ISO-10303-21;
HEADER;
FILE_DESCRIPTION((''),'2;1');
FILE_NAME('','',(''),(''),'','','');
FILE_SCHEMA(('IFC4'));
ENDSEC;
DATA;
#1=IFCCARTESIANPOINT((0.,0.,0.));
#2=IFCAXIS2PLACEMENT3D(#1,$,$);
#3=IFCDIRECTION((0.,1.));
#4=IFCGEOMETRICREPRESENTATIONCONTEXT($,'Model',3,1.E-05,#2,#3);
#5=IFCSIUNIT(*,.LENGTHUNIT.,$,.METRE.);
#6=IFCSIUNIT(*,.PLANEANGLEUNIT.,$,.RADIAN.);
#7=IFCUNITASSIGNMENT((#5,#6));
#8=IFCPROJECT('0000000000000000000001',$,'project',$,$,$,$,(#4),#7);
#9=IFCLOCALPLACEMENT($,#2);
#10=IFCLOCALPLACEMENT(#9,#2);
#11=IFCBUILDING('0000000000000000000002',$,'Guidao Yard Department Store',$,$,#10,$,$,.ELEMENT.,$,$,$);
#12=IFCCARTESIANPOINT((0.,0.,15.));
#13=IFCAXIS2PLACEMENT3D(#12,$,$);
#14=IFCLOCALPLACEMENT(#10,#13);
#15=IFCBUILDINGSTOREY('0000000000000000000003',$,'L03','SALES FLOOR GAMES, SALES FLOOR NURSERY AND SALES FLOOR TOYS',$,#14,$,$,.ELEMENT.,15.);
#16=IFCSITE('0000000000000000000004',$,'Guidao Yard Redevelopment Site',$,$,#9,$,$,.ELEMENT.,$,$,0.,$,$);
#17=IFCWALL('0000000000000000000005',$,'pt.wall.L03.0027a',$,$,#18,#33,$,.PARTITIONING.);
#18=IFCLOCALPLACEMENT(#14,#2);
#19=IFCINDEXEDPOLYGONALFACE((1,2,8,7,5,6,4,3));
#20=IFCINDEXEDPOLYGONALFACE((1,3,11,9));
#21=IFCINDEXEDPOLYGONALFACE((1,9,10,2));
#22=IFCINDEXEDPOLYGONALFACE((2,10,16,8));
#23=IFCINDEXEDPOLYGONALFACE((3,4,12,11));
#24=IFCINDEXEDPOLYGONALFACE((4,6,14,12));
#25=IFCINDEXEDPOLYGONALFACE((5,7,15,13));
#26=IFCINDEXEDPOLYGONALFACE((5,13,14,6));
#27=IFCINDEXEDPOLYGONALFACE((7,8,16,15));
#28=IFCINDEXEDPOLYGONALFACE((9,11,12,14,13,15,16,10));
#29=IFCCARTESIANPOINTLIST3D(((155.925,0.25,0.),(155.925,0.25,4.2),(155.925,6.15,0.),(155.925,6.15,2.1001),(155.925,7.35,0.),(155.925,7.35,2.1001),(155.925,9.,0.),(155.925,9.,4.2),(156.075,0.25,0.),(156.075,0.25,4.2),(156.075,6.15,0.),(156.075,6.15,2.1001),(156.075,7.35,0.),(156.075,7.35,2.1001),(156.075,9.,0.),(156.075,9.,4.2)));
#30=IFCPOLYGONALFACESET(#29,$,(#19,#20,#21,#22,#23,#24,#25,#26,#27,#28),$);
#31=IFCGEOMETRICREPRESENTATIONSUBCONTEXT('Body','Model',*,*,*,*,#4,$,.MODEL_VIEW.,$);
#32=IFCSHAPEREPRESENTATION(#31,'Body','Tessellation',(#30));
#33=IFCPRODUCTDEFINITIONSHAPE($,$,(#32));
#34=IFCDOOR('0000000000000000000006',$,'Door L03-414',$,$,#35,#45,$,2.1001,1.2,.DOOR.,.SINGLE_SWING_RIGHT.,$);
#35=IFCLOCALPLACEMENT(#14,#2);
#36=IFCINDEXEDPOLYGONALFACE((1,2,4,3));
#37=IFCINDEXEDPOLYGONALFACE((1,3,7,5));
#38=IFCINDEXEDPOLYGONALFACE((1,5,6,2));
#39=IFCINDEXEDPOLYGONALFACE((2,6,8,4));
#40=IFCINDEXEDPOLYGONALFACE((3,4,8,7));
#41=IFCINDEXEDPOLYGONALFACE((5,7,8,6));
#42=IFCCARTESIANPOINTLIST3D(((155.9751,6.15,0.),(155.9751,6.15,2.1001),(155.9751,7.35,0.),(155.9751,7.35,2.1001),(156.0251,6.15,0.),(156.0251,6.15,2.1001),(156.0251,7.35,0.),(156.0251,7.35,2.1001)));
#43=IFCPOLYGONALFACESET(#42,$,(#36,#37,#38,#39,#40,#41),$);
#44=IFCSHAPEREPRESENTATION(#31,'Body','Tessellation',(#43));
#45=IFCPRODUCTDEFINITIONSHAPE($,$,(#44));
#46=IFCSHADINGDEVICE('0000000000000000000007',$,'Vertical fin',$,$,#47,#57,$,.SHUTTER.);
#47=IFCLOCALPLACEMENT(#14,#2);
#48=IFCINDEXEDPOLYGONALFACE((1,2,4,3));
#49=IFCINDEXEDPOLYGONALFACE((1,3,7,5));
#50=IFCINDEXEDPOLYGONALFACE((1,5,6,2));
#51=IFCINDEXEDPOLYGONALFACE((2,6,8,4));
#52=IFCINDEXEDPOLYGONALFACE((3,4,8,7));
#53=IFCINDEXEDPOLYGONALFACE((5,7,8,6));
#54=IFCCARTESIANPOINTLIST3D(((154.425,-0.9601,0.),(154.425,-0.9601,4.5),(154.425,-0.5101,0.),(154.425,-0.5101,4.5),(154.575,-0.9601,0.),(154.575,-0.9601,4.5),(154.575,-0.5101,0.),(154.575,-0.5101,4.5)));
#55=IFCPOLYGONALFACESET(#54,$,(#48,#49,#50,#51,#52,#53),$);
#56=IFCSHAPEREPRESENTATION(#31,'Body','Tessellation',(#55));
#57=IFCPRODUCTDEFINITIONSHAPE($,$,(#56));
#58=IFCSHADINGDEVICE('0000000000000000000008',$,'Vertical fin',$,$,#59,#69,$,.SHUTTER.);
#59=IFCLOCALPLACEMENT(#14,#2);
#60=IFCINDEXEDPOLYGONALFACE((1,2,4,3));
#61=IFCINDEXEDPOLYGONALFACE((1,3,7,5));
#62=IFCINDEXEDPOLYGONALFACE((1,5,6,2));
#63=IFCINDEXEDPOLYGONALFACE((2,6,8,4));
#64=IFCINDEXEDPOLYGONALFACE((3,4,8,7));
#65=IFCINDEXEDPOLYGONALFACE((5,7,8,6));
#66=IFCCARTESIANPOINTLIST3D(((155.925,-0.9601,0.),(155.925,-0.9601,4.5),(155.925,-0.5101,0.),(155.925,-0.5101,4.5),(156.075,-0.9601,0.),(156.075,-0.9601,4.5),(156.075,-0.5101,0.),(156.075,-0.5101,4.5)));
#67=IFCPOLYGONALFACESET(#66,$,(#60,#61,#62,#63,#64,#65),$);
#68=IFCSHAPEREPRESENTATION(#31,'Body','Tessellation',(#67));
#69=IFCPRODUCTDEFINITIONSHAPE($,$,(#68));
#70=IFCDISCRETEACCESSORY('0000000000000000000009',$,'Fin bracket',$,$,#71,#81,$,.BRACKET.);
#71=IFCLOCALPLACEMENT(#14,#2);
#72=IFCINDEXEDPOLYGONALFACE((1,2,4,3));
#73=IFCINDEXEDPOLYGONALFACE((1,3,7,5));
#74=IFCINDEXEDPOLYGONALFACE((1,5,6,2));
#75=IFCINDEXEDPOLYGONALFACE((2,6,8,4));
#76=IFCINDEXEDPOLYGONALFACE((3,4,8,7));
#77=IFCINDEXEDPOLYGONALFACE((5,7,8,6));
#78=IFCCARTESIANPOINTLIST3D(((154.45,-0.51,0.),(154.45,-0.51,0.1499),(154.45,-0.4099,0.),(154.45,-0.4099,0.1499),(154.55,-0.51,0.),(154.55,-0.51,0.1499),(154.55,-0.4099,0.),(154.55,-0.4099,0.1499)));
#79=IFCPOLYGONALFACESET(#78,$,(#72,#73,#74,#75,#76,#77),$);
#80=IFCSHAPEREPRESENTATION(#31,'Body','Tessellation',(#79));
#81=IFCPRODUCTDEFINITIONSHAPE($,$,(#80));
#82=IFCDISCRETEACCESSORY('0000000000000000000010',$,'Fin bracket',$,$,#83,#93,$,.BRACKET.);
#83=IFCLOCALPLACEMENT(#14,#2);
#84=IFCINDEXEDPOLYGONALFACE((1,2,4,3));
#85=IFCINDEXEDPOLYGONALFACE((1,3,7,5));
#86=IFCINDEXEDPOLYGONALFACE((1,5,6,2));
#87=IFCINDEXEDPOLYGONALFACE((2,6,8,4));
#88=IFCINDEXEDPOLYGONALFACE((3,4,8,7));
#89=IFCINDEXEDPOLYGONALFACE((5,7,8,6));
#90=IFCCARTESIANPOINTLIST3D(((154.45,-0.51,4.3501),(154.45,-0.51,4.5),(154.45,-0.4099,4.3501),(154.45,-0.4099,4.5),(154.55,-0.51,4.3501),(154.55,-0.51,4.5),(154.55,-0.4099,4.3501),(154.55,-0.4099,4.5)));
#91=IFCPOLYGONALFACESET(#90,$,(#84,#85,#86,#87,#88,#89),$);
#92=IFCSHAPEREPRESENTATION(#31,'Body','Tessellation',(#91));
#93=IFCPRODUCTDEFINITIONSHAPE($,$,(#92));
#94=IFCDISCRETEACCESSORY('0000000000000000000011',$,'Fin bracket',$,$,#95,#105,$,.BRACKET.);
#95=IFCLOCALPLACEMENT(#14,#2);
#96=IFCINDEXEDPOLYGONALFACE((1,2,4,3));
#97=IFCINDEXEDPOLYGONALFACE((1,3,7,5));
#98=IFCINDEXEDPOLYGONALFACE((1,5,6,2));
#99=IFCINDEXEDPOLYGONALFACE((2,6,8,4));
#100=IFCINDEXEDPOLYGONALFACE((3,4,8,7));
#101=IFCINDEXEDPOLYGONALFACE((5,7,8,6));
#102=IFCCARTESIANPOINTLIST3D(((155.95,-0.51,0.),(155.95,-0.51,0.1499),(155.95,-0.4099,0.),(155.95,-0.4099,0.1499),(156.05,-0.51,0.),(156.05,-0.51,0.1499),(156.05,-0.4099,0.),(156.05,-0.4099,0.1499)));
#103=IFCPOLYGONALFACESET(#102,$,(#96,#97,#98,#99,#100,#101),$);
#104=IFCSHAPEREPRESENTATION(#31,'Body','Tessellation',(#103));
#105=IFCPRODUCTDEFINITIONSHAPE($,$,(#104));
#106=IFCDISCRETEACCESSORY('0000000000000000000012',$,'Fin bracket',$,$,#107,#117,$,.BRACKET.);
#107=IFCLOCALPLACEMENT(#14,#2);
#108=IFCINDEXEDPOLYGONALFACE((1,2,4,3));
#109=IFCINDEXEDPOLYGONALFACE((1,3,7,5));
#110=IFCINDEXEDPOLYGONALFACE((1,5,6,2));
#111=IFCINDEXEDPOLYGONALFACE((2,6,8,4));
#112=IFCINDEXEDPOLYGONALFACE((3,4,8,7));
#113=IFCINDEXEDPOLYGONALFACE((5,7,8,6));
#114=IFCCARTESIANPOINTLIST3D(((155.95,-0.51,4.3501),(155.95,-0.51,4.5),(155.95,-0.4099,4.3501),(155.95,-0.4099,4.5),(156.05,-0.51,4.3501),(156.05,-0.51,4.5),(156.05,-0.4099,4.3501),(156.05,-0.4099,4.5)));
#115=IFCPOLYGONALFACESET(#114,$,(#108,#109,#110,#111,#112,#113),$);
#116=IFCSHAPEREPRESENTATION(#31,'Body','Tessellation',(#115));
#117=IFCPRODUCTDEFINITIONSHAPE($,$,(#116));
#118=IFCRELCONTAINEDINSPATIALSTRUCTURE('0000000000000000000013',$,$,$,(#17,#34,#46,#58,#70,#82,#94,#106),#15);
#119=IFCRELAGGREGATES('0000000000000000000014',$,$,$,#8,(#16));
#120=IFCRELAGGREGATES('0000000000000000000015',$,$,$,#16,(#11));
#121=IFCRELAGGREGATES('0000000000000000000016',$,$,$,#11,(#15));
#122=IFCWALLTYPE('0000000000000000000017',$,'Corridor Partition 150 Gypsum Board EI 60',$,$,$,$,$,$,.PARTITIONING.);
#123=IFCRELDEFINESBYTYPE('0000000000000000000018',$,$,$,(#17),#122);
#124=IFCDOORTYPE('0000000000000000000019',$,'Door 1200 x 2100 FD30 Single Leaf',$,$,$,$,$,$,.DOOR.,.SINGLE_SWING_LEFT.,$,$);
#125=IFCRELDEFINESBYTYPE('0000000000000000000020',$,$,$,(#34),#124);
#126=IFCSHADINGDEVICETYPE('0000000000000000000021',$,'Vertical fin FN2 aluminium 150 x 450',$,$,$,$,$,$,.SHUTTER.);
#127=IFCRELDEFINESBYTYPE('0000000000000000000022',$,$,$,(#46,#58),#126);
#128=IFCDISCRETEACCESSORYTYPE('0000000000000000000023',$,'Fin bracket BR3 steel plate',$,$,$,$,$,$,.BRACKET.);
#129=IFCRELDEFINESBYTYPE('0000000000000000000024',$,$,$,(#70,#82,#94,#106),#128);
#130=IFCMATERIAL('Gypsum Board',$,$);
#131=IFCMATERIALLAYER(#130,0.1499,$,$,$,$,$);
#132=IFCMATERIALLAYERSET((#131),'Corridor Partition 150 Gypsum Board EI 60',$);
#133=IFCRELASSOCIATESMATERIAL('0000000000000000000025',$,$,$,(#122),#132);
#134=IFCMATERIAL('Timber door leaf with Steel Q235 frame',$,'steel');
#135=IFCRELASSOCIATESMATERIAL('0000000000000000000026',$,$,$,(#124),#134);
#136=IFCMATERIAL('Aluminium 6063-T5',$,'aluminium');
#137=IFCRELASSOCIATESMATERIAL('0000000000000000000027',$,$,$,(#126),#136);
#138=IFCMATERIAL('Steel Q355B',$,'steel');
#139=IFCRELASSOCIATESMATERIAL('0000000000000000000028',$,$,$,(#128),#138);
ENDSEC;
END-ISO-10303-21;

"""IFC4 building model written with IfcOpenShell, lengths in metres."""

from ifc_helpers import new_model, si_unit, direction, frame, frame_2d, origin, origin_2d, place, context, subcontext, project, spatial, rectangle, extrude, material, layer, layer_set, type_object, element, fill, save


model = new_model("IFC4")

# Units and contexts
model_context = context("Model", 3, precision=1e-05, world=origin(), true_north=direction((0.0, 1.0)))
body_context = subcontext(model_context, "Body", "Model", "MODEL_VIEW")
ifc_project = project(units=[si_unit("LENGTHUNIT", "METRE"), si_unit("PLANEANGLEUNIT", "RADIAN")], contexts=[model_context])

# Site, building, storey
site_placement = place(None, origin())
site = spatial("IfcSite", under=ifc_project, at=site_placement, Name="Guidao Yard Redevelopment Site", CompositionType="ELEMENT", RefElevation=0.0)
building_placement = place(site_placement, origin())
building = spatial("IfcBuilding", under=site, at=building_placement, Name="Guidao Yard Department Store", CompositionType="ELEMENT")
storey_placement = place(building_placement, frame((0.0, 0.0, 15.0)))
storey = spatial("IfcBuildingStorey", under=building, at=storey_placement, Name="L03", Description="SALES FLOOR GAMES, SALES FLOOR NURSERY AND SALES FLOOR TOYS", CompositionType="ELEMENT", Elevation=15.0)

# Shared definitions
ifc_material_1 = material(Name="Gypsum Board")
ifc_layer_1 = layer(ifc_material_1, 0.1499)
ifc_layer_set_1 = layer_set([ifc_layer_1], Name="Corridor Partition 150 Gypsum Board EI 60")
wall_type = type_object("IfcWallType", Name="Corridor Partition 150 Gypsum Board EI 60", PredefinedType="PARTITIONING", material=ifc_layer_set_1)

# Wall, opening, door
wall_1_placement = place(storey_placement, frame((156.0, 0.25, 0.0), z_axis=(0.0, 0.0, 1.0), x_axis=(0.0, 1.0, 0.0)))
wall_1 = element("IfcWall", 1, at=wall_1_placement, inside=storey, type_object=wall_type, Name="pt.wall.L03.0027a", PredefinedType="PARTITIONING", context=body_context, shape_type="SweptSolid", body=[
    extrude(rectangle(XDim=8.75, YDim=0.1499, at=frame_2d((4.375, 0.0))), origin(), (0.0, 0.0, 1.0), 4.2),
])
opening_placement = place(wall_1_placement, frame((5.8999, 0.0, 0.0)))
opening = element("IfcOpeningElement", 2, at=opening_placement, cuts=wall_1, PredefinedType="OPENING", context=body_context, shape_type="SweptSolid", body=[
    extrude(rectangle(XDim=1.2, YDim=2.1001, at=frame_2d((0.6001, 1.05))), frame((0.0, 0.085, 0.0), z_axis=(0.0, -1.0, 0.0), x_axis=(1.0, 0.0, 0.0)), (0.0, 0.0, 1.0), 0.1699),
])
ifc_material_2 = material(Name="Timber door leaf with Steel Q235 frame", Category="steel")
door_type = type_object("IfcDoorType", Name="Door 1200 x 2100 FD30 Single Leaf", OperationType="SINGLE_SWING_LEFT", PredefinedType="DOOR", material=ifc_material_2)
door_placement = place(opening_placement, origin())
door = element("IfcDoor", 3, at=door_placement, inside=storey, type_object=door_type, Name="Door L03-414", OperationType="SINGLE_SWING_RIGHT", OverallHeight=2.1001, OverallWidth=1.2, PredefinedType="DOOR", context=body_context, shape_type="SweptSolid", body=[
    extrude(rectangle(XDim=1.2, YDim=2.1001, at=frame_2d((0.6001, 1.05))), frame((0.0, 0.0249, 0.0), z_axis=(0.0, -1.0, 0.0), x_axis=(1.0, 0.0, 0.0)), (0.0, 0.0, 1.0), 0.05),
])
fill(opening, door)

# Shading devices
ifc_material_3 = material(Name="Aluminium 6063-T5", Category="aluminium")
shading_device_type = type_object("IfcShadingDeviceType", Name="Vertical fin FN2 aluminium 150 x 450", PredefinedType="SHUTTER", material=ifc_material_3)
for number, where, z_axis, x_axis, name in (
    (4, (154.5, -0.7351, 0.0), (0.0, 0.0, 1.0), (-1.0, 0.0, 0.0), "Vertical fin"),
    (5, (156.0, -0.7351, 0.0), (0.0, 0.0, 1.0), (-1.0, 0.0, 0.0), "Vertical fin"),
):
    element("IfcShadingDevice", number, at=place(storey_placement, frame(where, z_axis=z_axis, x_axis=x_axis)), inside=storey, type_object=shading_device_type, Name=name, PredefinedType="SHUTTER", context=body_context, shape_type="SweptSolid", body=[
        extrude(rectangle(XDim=0.1499, YDim=0.45, at=origin_2d()), origin(), (0.0, 0.0, 1.0), 4.5),
    ])

# Discrete accessories
ifc_material_4 = material(Name="Steel Q355B", Category="steel")
discrete_accessory_type = type_object("IfcDiscreteAccessoryType", Name="Fin bracket BR3 steel plate", PredefinedType="BRACKET", material=ifc_material_4)
for number, where, z_axis, x_axis, name in (
    (6, (154.5, -0.46, 0.0), (0.0, 0.0, 1.0), (-1.0, 0.0, 0.0), "Fin bracket"),
    (7, (154.5, -0.46, 4.3501), (0.0, 0.0, 1.0), (-1.0, 0.0, 0.0), "Fin bracket"),
    (8, (156.0, -0.46, 0.0), (0.0, 0.0, 1.0), (-1.0, 0.0, 0.0), "Fin bracket"),
    (9, (156.0, -0.46, 4.3501), (0.0, 0.0, 1.0), (-1.0, 0.0, 0.0), "Fin bracket"),
):
    element("IfcDiscreteAccessory", number, at=place(storey_placement, frame(where, z_axis=z_axis, x_axis=x_axis)), inside=storey, type_object=discrete_accessory_type, Name=name, PredefinedType="BRACKET", context=body_context, shape_type="SweptSolid", body=[
        extrude(rectangle(XDim=0.1001, YDim=0.1001, at=origin_2d()), origin(), (0.0, 0.0, 1.0), 0.1499),
    ])

save(model, "model.ifc")
